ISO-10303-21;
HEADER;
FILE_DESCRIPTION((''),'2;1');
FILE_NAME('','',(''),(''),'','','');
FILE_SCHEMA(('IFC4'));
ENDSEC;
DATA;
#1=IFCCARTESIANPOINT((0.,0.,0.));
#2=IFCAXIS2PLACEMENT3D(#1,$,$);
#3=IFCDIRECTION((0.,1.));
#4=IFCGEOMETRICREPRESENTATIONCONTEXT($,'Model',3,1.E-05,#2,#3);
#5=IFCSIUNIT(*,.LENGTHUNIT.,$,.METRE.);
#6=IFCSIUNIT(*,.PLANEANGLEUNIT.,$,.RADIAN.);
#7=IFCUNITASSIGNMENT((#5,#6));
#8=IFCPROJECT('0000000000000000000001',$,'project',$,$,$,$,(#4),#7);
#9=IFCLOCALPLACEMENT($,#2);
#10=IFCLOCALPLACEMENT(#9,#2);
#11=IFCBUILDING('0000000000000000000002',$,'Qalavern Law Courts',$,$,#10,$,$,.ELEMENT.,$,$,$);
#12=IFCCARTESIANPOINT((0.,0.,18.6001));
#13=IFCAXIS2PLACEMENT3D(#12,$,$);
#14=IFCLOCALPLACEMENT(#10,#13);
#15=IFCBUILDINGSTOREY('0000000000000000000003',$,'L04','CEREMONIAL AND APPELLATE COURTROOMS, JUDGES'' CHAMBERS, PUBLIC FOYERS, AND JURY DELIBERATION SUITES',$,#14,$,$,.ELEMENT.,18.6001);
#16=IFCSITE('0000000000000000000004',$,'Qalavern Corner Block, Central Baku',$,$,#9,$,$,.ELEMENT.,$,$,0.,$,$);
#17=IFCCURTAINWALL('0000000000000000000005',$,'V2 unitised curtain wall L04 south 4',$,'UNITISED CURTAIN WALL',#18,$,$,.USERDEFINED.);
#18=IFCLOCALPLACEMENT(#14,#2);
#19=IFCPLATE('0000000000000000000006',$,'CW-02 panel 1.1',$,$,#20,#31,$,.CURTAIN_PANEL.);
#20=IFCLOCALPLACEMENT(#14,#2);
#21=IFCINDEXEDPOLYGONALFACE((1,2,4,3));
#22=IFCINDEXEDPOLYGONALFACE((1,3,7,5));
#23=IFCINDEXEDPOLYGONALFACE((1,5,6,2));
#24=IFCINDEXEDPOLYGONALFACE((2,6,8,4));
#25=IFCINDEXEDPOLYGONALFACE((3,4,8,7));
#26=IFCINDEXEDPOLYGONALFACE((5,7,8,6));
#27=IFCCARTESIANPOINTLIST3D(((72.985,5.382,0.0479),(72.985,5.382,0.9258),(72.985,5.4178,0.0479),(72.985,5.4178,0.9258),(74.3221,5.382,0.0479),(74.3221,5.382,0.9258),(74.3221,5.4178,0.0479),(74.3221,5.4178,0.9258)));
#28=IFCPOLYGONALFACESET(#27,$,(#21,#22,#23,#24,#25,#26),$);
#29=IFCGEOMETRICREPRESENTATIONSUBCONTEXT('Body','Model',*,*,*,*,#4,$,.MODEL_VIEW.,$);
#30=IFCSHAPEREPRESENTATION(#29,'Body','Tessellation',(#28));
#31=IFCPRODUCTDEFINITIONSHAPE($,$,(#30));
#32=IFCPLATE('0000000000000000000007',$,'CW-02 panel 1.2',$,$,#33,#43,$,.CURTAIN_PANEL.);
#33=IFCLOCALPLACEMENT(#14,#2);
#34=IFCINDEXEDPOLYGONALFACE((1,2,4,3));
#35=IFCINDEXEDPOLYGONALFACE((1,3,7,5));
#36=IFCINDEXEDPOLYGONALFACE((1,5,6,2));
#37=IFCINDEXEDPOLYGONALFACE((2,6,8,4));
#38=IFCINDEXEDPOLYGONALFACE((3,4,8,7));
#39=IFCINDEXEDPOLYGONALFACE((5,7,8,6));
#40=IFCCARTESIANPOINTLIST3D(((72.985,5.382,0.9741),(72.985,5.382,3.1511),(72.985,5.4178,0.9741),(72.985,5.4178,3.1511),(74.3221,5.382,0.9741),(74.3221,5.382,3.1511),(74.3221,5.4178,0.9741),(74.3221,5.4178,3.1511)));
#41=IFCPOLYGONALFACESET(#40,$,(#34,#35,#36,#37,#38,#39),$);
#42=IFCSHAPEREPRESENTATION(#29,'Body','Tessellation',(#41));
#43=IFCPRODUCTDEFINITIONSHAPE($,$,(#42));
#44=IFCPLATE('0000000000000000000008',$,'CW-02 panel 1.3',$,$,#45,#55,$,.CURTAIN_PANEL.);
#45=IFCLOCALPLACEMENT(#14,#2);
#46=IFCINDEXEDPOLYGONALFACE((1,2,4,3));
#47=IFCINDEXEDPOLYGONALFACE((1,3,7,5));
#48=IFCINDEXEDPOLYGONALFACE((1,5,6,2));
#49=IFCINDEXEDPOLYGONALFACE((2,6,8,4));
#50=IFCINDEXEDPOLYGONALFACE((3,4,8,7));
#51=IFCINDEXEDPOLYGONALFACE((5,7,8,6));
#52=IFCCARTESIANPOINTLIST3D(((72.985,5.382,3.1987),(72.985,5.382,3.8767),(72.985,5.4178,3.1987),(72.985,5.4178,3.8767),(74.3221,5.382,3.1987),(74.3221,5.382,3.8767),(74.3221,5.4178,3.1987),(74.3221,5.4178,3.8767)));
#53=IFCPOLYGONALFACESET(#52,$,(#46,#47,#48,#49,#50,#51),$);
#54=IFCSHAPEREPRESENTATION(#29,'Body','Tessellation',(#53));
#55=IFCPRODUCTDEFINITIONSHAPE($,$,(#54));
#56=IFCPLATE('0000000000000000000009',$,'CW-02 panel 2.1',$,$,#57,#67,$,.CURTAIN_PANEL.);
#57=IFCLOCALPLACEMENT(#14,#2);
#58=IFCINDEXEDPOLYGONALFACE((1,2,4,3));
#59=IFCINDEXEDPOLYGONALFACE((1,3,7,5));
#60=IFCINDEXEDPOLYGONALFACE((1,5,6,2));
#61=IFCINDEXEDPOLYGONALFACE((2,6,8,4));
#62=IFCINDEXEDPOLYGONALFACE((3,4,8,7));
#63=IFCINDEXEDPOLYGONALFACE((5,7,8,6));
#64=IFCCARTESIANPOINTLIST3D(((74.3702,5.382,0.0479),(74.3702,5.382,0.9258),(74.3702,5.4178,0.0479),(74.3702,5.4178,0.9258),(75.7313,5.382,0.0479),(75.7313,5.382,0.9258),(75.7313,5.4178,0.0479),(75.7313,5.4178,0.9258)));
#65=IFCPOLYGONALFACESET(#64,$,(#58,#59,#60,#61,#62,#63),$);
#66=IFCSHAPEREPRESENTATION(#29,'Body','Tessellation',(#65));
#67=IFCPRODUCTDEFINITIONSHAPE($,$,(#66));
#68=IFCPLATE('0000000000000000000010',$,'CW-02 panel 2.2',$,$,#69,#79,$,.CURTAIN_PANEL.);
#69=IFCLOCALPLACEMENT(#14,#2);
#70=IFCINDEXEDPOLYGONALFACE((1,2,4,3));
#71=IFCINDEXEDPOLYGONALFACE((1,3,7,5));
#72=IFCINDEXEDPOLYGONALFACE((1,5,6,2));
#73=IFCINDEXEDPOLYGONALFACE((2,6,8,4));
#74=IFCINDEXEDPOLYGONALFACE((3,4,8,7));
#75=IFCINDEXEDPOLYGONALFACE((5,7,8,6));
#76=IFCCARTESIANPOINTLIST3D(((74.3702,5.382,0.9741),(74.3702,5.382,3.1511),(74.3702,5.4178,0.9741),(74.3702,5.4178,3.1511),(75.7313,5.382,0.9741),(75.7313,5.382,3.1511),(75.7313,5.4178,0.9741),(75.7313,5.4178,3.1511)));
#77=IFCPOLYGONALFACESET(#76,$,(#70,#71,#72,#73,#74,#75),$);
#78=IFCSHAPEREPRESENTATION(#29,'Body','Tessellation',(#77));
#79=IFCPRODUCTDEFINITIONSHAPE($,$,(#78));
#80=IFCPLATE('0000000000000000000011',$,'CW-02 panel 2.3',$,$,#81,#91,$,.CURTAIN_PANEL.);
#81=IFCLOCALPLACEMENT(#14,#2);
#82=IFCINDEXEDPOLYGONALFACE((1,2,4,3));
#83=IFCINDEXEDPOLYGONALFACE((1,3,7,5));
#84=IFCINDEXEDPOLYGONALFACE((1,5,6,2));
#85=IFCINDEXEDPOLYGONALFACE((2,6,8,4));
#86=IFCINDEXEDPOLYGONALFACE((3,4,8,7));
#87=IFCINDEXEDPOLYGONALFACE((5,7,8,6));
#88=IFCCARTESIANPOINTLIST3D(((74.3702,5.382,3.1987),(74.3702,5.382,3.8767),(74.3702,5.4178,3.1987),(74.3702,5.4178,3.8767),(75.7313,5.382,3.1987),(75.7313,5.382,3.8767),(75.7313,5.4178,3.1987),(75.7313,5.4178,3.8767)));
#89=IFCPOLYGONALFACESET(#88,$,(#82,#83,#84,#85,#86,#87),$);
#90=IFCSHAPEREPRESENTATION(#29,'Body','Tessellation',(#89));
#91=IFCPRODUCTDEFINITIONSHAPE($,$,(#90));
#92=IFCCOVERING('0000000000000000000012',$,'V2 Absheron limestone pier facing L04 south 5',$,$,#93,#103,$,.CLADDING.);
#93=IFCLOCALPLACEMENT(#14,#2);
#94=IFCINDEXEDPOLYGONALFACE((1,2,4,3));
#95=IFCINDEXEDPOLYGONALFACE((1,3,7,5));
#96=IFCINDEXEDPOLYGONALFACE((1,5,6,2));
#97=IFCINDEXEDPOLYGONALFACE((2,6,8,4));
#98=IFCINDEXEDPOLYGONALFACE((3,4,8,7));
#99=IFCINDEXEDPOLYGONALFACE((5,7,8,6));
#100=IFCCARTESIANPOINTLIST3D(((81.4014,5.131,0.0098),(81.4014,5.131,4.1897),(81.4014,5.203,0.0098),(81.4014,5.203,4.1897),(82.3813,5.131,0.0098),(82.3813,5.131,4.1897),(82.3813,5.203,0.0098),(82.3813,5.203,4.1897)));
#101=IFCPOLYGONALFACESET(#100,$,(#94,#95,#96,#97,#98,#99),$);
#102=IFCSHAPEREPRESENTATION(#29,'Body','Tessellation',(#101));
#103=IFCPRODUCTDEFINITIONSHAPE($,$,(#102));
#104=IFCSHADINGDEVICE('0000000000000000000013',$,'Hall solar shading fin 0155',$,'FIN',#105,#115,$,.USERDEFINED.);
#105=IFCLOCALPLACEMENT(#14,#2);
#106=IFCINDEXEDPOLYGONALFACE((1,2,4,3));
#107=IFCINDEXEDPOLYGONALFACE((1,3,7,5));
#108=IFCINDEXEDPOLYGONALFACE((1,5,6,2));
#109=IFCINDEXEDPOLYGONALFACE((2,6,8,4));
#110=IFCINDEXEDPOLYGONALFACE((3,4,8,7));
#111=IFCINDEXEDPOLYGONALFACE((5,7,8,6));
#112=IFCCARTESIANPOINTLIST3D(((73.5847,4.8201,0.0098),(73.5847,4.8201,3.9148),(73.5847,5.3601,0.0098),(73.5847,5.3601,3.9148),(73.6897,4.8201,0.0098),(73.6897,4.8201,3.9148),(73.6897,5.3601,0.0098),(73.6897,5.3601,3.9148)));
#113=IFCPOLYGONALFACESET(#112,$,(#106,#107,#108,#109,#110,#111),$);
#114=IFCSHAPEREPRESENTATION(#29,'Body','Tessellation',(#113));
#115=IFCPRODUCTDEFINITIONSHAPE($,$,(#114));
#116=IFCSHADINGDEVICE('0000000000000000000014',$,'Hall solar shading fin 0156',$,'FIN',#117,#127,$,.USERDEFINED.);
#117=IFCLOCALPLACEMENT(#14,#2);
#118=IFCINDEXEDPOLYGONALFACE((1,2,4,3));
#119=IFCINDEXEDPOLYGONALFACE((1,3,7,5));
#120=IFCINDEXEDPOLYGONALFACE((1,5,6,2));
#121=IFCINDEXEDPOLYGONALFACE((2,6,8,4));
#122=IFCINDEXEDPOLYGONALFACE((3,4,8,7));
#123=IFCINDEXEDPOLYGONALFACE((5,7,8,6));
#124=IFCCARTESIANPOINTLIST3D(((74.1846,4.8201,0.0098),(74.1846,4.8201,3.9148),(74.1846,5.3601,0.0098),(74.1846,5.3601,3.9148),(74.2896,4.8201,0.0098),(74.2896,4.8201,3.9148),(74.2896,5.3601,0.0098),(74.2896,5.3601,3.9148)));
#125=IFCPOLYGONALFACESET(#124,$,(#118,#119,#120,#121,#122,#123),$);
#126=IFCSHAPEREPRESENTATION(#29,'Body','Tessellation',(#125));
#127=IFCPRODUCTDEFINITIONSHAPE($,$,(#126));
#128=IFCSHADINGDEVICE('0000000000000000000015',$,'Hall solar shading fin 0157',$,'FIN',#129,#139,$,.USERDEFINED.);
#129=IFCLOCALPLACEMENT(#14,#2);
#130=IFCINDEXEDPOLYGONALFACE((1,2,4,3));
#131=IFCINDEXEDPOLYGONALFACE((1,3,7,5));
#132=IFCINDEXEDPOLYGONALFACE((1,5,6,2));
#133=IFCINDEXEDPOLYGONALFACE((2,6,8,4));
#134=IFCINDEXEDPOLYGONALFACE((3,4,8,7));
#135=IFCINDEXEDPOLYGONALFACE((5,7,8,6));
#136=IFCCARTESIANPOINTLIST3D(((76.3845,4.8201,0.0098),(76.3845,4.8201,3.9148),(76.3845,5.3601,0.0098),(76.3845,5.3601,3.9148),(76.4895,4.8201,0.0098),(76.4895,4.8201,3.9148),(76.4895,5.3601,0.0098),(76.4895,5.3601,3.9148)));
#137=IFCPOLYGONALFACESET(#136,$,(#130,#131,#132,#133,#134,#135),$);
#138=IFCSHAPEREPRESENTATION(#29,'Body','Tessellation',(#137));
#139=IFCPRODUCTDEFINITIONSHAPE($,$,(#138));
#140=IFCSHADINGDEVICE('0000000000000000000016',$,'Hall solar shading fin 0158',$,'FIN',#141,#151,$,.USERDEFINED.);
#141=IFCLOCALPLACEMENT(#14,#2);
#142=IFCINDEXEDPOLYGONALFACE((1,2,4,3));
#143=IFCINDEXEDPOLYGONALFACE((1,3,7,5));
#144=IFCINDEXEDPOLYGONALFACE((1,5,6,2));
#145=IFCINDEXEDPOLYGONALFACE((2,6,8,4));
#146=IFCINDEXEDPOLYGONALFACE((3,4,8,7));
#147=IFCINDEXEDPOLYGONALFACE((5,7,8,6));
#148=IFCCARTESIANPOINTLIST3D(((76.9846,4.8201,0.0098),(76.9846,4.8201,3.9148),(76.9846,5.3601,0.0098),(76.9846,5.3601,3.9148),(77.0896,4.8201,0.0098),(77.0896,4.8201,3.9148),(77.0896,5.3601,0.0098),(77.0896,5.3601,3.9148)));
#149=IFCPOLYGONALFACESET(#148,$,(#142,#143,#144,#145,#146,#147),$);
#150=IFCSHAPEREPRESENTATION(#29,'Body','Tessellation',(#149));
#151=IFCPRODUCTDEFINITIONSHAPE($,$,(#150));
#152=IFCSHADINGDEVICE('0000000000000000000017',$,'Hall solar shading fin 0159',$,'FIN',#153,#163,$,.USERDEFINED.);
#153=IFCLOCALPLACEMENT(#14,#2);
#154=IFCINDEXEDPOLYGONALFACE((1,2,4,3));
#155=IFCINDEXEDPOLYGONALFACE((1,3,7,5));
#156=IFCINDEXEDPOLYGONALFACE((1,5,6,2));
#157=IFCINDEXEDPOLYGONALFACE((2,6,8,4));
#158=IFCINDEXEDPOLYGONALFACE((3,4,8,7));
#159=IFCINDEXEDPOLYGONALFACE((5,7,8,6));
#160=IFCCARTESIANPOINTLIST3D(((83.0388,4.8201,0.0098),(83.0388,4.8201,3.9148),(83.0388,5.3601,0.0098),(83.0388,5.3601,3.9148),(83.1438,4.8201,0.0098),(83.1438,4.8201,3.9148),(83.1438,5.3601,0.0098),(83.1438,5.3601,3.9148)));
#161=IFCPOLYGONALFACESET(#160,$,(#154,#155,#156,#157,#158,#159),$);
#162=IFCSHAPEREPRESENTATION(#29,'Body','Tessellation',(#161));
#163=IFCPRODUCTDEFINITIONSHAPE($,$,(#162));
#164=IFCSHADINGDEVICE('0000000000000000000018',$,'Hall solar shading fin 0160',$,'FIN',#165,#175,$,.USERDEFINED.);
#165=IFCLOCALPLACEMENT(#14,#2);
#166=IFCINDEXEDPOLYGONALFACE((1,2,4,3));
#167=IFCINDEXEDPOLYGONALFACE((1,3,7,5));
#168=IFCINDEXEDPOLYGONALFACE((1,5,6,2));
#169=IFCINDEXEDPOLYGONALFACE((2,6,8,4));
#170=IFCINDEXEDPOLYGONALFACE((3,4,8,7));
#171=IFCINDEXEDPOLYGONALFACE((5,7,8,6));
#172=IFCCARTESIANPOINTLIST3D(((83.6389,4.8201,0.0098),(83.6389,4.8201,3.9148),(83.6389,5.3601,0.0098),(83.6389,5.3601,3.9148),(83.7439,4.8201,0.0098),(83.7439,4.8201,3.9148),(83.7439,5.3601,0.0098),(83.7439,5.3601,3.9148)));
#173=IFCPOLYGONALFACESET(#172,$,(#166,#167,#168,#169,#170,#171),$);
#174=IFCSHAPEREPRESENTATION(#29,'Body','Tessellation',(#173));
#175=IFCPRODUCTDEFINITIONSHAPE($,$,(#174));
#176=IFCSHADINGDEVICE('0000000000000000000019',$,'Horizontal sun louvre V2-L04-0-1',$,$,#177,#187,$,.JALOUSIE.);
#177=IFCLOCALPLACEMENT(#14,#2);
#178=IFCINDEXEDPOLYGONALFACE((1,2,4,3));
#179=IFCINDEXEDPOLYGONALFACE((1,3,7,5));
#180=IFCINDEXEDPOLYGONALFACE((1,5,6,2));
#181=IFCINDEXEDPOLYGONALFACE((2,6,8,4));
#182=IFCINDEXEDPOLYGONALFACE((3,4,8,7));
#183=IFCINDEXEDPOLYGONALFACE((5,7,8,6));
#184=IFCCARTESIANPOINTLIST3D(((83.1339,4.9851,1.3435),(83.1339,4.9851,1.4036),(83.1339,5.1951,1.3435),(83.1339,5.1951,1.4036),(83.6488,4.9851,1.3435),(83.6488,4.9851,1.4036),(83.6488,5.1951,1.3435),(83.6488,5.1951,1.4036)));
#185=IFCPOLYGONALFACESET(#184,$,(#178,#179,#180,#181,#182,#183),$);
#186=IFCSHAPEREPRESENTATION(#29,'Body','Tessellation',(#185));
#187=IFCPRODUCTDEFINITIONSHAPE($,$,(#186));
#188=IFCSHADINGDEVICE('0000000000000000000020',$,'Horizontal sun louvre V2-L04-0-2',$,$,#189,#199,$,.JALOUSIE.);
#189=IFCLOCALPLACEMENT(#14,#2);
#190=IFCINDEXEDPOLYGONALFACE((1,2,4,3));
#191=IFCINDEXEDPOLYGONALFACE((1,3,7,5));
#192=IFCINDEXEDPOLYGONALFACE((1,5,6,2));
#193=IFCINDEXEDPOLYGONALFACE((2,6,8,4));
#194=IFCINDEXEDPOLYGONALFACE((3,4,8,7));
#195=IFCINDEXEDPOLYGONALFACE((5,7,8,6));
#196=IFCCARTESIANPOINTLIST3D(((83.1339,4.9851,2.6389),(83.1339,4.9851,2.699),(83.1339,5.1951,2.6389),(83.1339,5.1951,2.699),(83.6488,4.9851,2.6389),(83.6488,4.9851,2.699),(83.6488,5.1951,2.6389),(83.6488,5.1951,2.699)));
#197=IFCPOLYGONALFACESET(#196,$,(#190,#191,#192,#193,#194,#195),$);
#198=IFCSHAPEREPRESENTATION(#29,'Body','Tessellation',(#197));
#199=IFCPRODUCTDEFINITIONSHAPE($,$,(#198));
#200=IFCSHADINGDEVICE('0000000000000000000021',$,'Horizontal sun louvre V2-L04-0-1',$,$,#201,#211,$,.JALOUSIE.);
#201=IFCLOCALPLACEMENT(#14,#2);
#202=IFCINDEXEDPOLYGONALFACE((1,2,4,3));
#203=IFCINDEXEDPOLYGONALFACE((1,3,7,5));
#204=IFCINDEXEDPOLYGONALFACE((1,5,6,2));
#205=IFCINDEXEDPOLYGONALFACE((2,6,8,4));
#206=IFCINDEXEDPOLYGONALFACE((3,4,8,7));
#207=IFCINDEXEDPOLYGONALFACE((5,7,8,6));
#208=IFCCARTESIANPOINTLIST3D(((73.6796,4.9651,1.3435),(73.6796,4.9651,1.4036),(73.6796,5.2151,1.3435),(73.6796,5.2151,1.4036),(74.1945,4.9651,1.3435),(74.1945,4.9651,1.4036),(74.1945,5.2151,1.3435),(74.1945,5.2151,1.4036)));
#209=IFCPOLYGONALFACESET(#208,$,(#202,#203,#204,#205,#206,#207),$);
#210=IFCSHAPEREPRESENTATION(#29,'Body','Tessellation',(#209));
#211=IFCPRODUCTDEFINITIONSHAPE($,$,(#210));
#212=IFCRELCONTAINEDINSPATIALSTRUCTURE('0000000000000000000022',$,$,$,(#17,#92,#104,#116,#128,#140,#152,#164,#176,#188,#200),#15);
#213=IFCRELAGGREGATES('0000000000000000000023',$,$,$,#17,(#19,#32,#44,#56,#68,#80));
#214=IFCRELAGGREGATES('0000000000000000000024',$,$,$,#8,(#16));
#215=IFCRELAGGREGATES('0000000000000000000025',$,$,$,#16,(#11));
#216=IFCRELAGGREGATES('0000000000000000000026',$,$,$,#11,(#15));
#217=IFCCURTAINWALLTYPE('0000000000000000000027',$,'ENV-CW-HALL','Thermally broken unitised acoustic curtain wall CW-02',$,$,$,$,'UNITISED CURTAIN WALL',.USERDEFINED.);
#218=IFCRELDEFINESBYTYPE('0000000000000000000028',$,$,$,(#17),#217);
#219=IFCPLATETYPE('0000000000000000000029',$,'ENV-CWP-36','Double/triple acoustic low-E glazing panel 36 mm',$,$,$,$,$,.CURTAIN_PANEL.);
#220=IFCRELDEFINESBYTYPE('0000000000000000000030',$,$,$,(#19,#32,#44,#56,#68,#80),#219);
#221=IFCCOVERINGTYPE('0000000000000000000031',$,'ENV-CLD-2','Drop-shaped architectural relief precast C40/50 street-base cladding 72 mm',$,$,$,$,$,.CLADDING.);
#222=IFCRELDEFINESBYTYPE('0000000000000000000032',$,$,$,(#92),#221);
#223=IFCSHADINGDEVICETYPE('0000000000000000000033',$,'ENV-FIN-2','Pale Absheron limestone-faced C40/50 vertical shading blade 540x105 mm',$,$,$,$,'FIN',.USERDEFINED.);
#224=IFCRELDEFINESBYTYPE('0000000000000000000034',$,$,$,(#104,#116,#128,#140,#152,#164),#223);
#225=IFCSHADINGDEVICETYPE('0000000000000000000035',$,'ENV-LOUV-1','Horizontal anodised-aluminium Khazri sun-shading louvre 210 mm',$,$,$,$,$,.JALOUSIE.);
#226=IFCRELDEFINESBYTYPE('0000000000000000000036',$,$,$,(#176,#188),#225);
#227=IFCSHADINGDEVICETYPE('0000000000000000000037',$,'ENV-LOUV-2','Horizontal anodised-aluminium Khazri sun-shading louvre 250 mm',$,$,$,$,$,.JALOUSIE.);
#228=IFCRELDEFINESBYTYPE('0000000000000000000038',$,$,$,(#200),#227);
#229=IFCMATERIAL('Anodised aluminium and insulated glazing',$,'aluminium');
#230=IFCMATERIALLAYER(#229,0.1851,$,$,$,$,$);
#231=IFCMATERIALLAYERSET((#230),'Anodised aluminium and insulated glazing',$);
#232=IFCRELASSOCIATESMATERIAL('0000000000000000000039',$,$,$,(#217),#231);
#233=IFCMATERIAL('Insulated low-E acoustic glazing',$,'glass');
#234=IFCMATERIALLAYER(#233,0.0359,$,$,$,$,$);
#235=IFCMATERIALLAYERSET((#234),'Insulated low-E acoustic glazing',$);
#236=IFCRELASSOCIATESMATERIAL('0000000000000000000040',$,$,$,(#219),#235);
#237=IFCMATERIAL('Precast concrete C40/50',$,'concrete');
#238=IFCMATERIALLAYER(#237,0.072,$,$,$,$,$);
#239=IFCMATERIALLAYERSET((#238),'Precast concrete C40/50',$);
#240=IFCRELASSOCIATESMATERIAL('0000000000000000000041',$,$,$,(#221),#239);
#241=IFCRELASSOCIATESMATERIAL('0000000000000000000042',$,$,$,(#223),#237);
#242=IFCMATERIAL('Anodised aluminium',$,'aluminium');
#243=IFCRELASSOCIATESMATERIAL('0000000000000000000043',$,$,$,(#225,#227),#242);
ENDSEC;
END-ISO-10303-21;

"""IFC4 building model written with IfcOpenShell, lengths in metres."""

from ifc_helpers import new_model, si_unit, direction, frame, origin, origin_2d, place, context, subcontext, project, spatial, rectangle, extrude, material, layer, layer_set, type_object, element, aggregate, save


model = new_model("IFC4")

# Units and contexts
model_context = context("Model", 3, precision=1e-05, world=origin(), true_north=direction((0.0, 1.0)))
body_context = subcontext(model_context, "Body", "Model", "MODEL_VIEW")
ifc_project = project(units=[si_unit("LENGTHUNIT", "METRE"), si_unit("PLANEANGLEUNIT", "RADIAN")], contexts=[model_context])

# Site, building, storey
site_placement = place(None, origin())
site = spatial("IfcSite", under=ifc_project, at=site_placement, Name="Qalavern Corner Block, Central Baku", CompositionType="ELEMENT", RefElevation=0.0)
building_placement = place(site_placement, origin())
building = spatial("IfcBuilding", under=site, at=building_placement, Name="Qalavern Law Courts", CompositionType="ELEMENT")
storey_placement = place(building_placement, frame((0.0, 0.0, 18.6001)))
storey = spatial("IfcBuildingStorey", under=building, at=storey_placement, Name="L04", Description="CEREMONIAL AND APPELLATE COURTROOMS, JUDGES' CHAMBERS, PUBLIC FOYERS, AND JURY DELIBERATION SUITES", CompositionType="ELEMENT", Elevation=18.6001)

# Curtain wall, plates
ifc_material_1 = material(Name="Anodised aluminium and insulated glazing", Category="aluminium")
ifc_layer_1 = layer(ifc_material_1, 0.1851)
ifc_layer_set_1 = layer_set([ifc_layer_1], Name="Anodised aluminium and insulated glazing")
curtain_wall_type = type_object("IfcCurtainWallType", Name="ENV-CW-HALL", Description="Thermally broken unitised acoustic curtain wall CW-02", ElementType="UNITISED CURTAIN WALL", PredefinedType="USERDEFINED", material=ifc_layer_set_1)
curtain_wall_placement = place(storey_placement, origin())
curtain_wall = element("IfcCurtainWall", 1, at=curtain_wall_placement, inside=storey, type_object=curtain_wall_type, Name="V2 unitised curtain wall L04 south 4", ObjectType="UNITISED CURTAIN WALL", PredefinedType="USERDEFINED")
ifc_material_2 = material(Name="Anodised aluminium", Category="aluminium")
ifc_material_3 = material(Name="Insulated low-E acoustic glazing", Category="glass")
ifc_layer_2 = layer(ifc_material_3, 0.0359)
ifc_layer_set_2 = layer_set([ifc_layer_2], Name="Insulated low-E acoustic glazing")
plate_type = type_object("IfcPlateType", Name="ENV-CWP-36", Description="Double/triple acoustic low-E glazing panel 36 mm", PredefinedType="CURTAIN_PANEL", material=ifc_layer_set_2)
plate_1_placement = place(storey_placement, frame((73.6536, 5.3999, 0.0479), z_axis=(0.0, 0.0, 1.0), x_axis=(1.0, 0.0, 0.0)))
plate_1 = element("IfcPlate", 2, at=plate_1_placement, type_object=plate_type, Name="CW-02 panel 1.1", PredefinedType="CURTAIN_PANEL", context=body_context, shape_type="SweptSolid", body=[
    extrude(rectangle(XDim=1.3372, YDim=0.0359, at=origin_2d()), origin(), (0.0, 0.0, 1.0), 0.8779),
])
plate_2_placement = place(storey_placement, frame((73.6536, 5.3999, 0.9741), z_axis=(0.0, 0.0, 1.0), x_axis=(1.0, 0.0, 0.0)))
plate_2 = element("IfcPlate", 3, at=plate_2_placement, type_object=plate_type, Name="CW-02 panel 1.2", PredefinedType="CURTAIN_PANEL", context=body_context, shape_type="SweptSolid", body=[
    extrude(rectangle(XDim=1.3372, YDim=0.0359, at=origin_2d()), origin(), (0.0, 0.0, 1.0), 2.177),
])
plate_3_placement = place(storey_placement, frame((73.6536, 5.3999, 3.1987), z_axis=(0.0, 0.0, 1.0), x_axis=(1.0, 0.0, 0.0)))
plate_3 = element("IfcPlate", 4, at=plate_3_placement, type_object=plate_type, Name="CW-02 panel 1.3", PredefinedType="CURTAIN_PANEL", context=body_context, shape_type="SweptSolid", body=[
    extrude(rectangle(XDim=1.3372, YDim=0.0359, at=origin_2d()), origin(), (0.0, 0.0, 1.0), 0.678),
])
plate_4_placement = place(storey_placement, frame((75.0508, 5.3999, 0.0479), z_axis=(0.0, 0.0, 1.0), x_axis=(1.0, 0.0, 0.0)))
plate_4 = element("IfcPlate", 5, at=plate_4_placement, type_object=plate_type, Name="CW-02 panel 2.1", PredefinedType="CURTAIN_PANEL", context=body_context, shape_type="SweptSolid", body=[
    extrude(rectangle(XDim=1.3611, YDim=0.0359, at=origin_2d()), origin(), (0.0, 0.0, 1.0), 0.8779),
])
plate_5_placement = place(storey_placement, frame((75.0508, 5.3999, 0.9741), z_axis=(0.0, 0.0, 1.0), x_axis=(1.0, 0.0, 0.0)))
plate_5 = element("IfcPlate", 6, at=plate_5_placement, type_object=plate_type, Name="CW-02 panel 2.2", PredefinedType="CURTAIN_PANEL", context=body_context, shape_type="SweptSolid", body=[
    extrude(rectangle(XDim=1.3611, YDim=0.0359, at=origin_2d()), origin(), (0.0, 0.0, 1.0), 2.177),
])
plate_6_placement = place(storey_placement, frame((75.0508, 5.3999, 3.1987), z_axis=(0.0, 0.0, 1.0), x_axis=(1.0, 0.0, 0.0)))
plate_6 = element("IfcPlate", 7, at=plate_6_placement, type_object=plate_type, Name="CW-02 panel 2.3", PredefinedType="CURTAIN_PANEL", context=body_context, shape_type="SweptSolid", body=[
    extrude(rectangle(XDim=1.3611, YDim=0.0359, at=origin_2d()), origin(), (0.0, 0.0, 1.0), 0.678),
])
aggregate(curtain_wall, [plate_1, plate_2, plate_3, plate_4, plate_5, plate_6])

# Covering
ifc_material_4 = material(Name="Precast concrete C40/50", Category="concrete")
ifc_layer_3 = layer(ifc_material_4, 0.072)
ifc_layer_set_3 = layer_set([ifc_layer_3], Name="Precast concrete C40/50")
covering_type = type_object("IfcCoveringType", Name="ENV-CLD-2", Description="Drop-shaped architectural relief precast C40/50 street-base cladding 72 mm", PredefinedType="CLADDING", material=ifc_layer_set_3)
covering_placement = place(storey_placement, frame((81.8914, 5.167, 0.0098), z_axis=(0.0, 0.0, 1.0), x_axis=(1.0, 0.0, 0.0)))
element("IfcCovering", 8, at=covering_placement, inside=storey, type_object=covering_type, Name="V2 Absheron limestone pier facing L04 south 5", PredefinedType="CLADDING", context=body_context, shape_type="SweptSolid", body=[
    extrude(rectangle(XDim=0.98, YDim=0.072, at=origin_2d()), origin(), (0.0, 0.0, 1.0), 4.1799),
])

# Shading devices
shading_device_type_1 = type_object("IfcShadingDeviceType", Name="ENV-FIN-2", Description="Pale Absheron limestone-faced C40/50 vertical shading blade 540x105 mm", ElementType="FIN", PredefinedType="USERDEFINED", material=ifc_material_4)
for number, where, z_axis, x_axis, name in (
    (9, (73.6372, 5.0901, 0.0098), (0.0, 0.0, 1.0), (0.0, -1.0, 0.0), "Hall solar shading fin 0155"),
    (10, (74.2371, 5.0901, 0.0098), (0.0, 0.0, 1.0), (0.0, -1.0, 0.0), "Hall solar shading fin 0156"),
    (11, (76.437, 5.0901, 0.0098), (0.0, 0.0, 1.0), (0.0, -1.0, 0.0), "Hall solar shading fin 0157"),
    (12, (77.0371, 5.0901, 0.0098), (0.0, 0.0, 1.0), (0.0, -1.0, 0.0), "Hall solar shading fin 0158"),
    (13, (83.0913, 5.0901, 0.0098), (0.0, 0.0, 1.0), (0.0, -1.0, 0.0), "Hall solar shading fin 0159"),
    (14, (83.6914, 5.0901, 0.0098), (0.0, 0.0, 1.0), (0.0, -1.0, 0.0), "Hall solar shading fin 0160"),
):
    element("IfcShadingDevice", number, at=place(storey_placement, frame(where, z_axis=z_axis, x_axis=x_axis)), inside=storey, type_object=shading_device_type_1, Name=name, ObjectType="FIN", PredefinedType="USERDEFINED", context=body_context, shape_type="SweptSolid", body=[
        extrude(rectangle(XDim=0.54, YDim=0.105, at=origin_2d()), origin(), (0.0, 0.0, 1.0), 3.905),
    ])
shading_device_type_2 = type_object("IfcShadingDeviceType", Name="ENV-LOUV-1", Description="Horizontal anodised-aluminium Khazri sun-shading louvre 210 mm", PredefinedType="JALOUSIE", material=ifc_material_2)
for number, where, z_axis, x_axis, name in (
    (15, (83.3914, 5.0901, 1.3435), (0.0, 0.0, 1.0), (1.0, 0.0, 0.0), "Horizontal sun louvre V2-L04-0-1"),
    (16, (83.3914, 5.0901, 2.6389), (0.0, 0.0, 1.0), (1.0, 0.0, 0.0), "Horizontal sun louvre V2-L04-0-2"),
):
    element("IfcShadingDevice", number, at=place(storey_placement, frame(where, z_axis=z_axis, x_axis=x_axis)), inside=storey, type_object=shading_device_type_2, Name=name, PredefinedType="JALOUSIE", context=body_context, shape_type="SweptSolid", body=[
        extrude(rectangle(XDim=0.5149, YDim=0.21, at=origin_2d()), origin(), (0.0, 0.0, 1.0), 0.0601),
    ])
shading_device_type_3 = type_object("IfcShadingDeviceType", Name="ENV-LOUV-2", Description="Horizontal anodised-aluminium Khazri sun-shading louvre 250 mm", PredefinedType="JALOUSIE", material=ifc_material_2)
for number, where, z_axis, x_axis, name in (
    (17, (73.937, 5.0901, 1.3435), (0.0, 0.0, 1.0), (1.0, 0.0, 0.0), "Horizontal sun louvre V2-L04-0-1"),
):
    element("IfcShadingDevice", number, at=place(storey_placement, frame(where, z_axis=z_axis, x_axis=x_axis)), inside=storey, type_object=shading_device_type_3, Name=name, PredefinedType="JALOUSIE", context=body_context, shape_type="SweptSolid", body=[
        extrude(rectangle(XDim=0.5149, YDim=0.25, at=origin_2d()), origin(), (0.0, 0.0, 1.0), 0.0601),
    ])

save(model, "model.ifc")
